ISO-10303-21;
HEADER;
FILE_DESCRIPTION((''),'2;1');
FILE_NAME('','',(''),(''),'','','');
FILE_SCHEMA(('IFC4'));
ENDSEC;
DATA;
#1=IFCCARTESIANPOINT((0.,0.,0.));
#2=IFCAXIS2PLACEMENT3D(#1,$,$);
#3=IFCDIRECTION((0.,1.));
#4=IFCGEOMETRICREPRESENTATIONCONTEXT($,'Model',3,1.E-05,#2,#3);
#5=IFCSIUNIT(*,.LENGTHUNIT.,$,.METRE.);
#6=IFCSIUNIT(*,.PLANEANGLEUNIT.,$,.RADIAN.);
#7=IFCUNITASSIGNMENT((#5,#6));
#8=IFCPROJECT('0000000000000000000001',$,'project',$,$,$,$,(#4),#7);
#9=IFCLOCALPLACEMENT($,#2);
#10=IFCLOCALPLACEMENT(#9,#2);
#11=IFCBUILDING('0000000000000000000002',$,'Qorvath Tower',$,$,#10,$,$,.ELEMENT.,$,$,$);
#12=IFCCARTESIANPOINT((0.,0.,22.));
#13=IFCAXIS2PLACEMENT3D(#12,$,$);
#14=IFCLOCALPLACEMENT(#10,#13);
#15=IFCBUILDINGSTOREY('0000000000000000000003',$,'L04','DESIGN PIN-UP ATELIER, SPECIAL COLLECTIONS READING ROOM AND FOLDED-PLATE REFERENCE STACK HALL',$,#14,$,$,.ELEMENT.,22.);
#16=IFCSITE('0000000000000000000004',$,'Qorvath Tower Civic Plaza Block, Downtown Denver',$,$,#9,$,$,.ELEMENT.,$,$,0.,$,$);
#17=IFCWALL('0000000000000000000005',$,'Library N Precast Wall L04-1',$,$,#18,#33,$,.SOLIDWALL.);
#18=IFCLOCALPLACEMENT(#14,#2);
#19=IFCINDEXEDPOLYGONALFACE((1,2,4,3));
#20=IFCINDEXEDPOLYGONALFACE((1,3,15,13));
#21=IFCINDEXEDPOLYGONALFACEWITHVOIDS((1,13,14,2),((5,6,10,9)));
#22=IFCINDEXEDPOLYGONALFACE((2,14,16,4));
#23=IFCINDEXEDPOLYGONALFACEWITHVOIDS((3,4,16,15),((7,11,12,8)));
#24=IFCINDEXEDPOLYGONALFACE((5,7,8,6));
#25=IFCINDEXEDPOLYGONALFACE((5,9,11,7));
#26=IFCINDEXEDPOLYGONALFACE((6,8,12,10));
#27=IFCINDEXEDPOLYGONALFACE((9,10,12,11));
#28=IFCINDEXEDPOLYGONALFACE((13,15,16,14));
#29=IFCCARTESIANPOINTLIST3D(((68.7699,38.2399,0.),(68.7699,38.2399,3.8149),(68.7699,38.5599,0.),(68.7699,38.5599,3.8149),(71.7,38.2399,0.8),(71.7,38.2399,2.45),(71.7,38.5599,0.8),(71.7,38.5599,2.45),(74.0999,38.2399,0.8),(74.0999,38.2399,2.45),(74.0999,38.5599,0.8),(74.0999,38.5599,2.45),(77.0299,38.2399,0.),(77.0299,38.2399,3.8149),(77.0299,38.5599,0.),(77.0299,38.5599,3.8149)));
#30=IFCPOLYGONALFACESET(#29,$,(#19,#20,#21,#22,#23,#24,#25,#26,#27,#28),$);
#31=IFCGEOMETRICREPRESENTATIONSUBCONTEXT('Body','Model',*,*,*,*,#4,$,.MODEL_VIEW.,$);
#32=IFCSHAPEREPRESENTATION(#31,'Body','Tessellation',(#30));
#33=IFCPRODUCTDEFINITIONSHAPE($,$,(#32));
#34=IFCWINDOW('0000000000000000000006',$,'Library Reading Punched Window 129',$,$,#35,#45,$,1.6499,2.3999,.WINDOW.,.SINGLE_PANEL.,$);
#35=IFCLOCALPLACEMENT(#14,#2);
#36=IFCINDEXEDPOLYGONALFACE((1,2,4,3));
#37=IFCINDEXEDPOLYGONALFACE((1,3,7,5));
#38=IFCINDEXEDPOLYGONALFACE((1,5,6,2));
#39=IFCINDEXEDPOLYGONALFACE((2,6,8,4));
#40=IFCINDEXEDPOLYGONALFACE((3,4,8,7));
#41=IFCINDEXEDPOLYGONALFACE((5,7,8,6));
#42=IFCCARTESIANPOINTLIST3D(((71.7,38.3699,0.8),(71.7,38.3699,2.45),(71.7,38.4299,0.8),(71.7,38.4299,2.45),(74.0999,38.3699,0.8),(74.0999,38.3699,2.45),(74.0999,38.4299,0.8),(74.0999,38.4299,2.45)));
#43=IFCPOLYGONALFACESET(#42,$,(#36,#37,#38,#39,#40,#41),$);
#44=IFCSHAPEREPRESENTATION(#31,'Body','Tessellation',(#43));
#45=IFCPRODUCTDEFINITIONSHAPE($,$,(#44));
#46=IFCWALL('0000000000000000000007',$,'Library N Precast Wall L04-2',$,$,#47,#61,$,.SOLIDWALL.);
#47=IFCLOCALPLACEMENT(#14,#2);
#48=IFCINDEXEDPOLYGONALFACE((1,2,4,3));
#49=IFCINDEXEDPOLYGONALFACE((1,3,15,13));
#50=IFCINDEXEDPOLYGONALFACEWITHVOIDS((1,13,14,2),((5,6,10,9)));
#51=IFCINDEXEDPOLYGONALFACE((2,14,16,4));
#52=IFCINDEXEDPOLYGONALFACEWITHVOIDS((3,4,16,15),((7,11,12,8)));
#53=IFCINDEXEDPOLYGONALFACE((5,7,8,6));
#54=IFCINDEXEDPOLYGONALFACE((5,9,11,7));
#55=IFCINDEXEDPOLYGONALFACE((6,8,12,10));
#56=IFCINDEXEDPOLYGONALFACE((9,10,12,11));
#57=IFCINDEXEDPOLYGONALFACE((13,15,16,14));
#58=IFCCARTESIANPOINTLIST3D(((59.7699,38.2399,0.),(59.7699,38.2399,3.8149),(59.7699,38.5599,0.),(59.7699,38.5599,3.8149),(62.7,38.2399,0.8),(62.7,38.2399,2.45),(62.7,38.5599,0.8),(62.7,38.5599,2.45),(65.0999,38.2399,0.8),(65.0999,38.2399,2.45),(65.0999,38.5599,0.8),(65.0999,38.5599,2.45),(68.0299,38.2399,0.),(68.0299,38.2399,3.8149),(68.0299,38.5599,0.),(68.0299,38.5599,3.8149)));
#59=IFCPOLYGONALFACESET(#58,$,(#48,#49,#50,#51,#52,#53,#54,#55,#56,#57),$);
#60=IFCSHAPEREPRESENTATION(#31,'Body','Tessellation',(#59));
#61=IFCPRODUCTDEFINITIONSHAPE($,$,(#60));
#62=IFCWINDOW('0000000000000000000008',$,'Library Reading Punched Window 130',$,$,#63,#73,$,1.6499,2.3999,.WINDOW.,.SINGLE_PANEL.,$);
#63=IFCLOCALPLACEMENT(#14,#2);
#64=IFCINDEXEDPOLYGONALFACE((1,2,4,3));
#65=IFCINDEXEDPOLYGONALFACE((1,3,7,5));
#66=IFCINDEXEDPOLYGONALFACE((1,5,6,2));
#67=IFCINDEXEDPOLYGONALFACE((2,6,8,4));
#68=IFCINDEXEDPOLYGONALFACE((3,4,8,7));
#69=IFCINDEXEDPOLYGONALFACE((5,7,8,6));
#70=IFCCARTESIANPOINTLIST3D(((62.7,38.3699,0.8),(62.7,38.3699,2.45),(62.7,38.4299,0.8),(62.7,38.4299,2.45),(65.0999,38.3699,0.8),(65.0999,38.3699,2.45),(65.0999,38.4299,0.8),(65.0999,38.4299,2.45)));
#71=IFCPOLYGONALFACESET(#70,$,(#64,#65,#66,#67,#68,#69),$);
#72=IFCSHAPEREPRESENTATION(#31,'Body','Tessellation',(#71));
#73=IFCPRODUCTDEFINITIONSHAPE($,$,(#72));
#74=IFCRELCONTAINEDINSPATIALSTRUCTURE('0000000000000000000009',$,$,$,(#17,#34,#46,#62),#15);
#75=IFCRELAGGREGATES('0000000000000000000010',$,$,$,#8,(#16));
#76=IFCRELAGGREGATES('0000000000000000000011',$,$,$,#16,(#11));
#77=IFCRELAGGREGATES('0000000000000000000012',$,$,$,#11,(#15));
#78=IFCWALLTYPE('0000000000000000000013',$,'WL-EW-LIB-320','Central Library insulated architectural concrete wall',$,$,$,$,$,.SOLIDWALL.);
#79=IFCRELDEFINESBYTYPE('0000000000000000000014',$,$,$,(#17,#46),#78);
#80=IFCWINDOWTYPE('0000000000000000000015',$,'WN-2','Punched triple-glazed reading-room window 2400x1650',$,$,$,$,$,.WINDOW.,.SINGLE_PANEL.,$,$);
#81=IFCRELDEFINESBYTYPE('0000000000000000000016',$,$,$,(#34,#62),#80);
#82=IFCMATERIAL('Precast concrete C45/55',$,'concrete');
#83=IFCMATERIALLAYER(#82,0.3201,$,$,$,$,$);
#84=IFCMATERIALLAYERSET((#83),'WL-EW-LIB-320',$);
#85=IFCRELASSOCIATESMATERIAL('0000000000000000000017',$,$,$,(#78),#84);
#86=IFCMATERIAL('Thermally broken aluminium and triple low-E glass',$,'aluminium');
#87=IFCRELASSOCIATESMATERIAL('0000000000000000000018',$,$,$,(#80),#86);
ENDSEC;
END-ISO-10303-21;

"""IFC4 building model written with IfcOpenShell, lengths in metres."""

from ifc_helpers import new_model, si_unit, direction, frame, frame_2d, origin, place, context, subcontext, project, spatial, rectangle, extrude, material, layer, layer_set, type_object, element, fill, save


model = new_model("IFC4")

# Units and contexts
model_context = context("Model", 3, precision=1e-05, world=origin(), true_north=direction((0.0, 1.0)))
body_context = subcontext(model_context, "Body", "Model", "MODEL_VIEW")
ifc_project = project(units=[si_unit("LENGTHUNIT", "METRE"), si_unit("PLANEANGLEUNIT", "RADIAN")], contexts=[model_context])

# Site, building, storey
site_placement = place(None, origin())
site = spatial("IfcSite", under=ifc_project, at=site_placement, Name="Qorvath Tower Civic Plaza Block, Downtown Denver", CompositionType="ELEMENT", RefElevation=0.0)
building_placement = place(site_placement, origin())
building = spatial("IfcBuilding", under=site, at=building_placement, Name="Qorvath Tower", CompositionType="ELEMENT")
storey_placement = place(building_placement, frame((0.0, 0.0, 22.0)))
storey = spatial("IfcBuildingStorey", under=building, at=storey_placement, Name="L04", Description="DESIGN PIN-UP ATELIER, SPECIAL COLLECTIONS READING ROOM AND FOLDED-PLATE REFERENCE STACK HALL", CompositionType="ELEMENT", Elevation=22.0)

# Walls, openings, windows
ifc_material_1 = material(Name="Precast concrete C45/55", Category="concrete")
ifc_layer = layer(ifc_material_1, 0.3201)
ifc_layer_set = layer_set([ifc_layer], Name="WL-EW-LIB-320")
wall_type = type_object("IfcWallType", Name="WL-EW-LIB-320", Description="Central Library insulated architectural concrete wall", PredefinedType="SOLIDWALL", material=ifc_layer_set)
ifc_material_2 = material(Name="Thermally broken aluminium and triple low-E glass", Category="aluminium")
window_type = type_object("IfcWindowType", Name="WN-2", Description="Punched triple-glazed reading-room window 2400x1650", PartitioningType="SINGLE_PANEL", PredefinedType="WINDOW", material=ifc_material_2)
wall_1_placement = place(storey_placement, frame((68.77, 38.3999, 0.0), z_axis=(0.0, 0.0, 1.0), x_axis=(1.0, 0.0, 0.0)))
wall_1 = element("IfcWall", 1, at=wall_1_placement, inside=storey, type_object=wall_type, Name="Library N Precast Wall L04-1", PredefinedType="SOLIDWALL", context=body_context, shape_type="SweptSolid", body=[
    extrude(rectangle(XDim=8.26, YDim=0.3201, at=frame_2d((4.1299, 0.0))), origin(), (0.0, 0.0, 1.0), 3.8149),
])
opening_1_placement = place(wall_1_placement, frame((2.9299, 0.0, 0.8)))
opening_1 = element("IfcOpeningElement", 2, at=opening_1_placement, cuts=wall_1, PredefinedType="OPENING", context=body_context, shape_type="SweptSolid", body=[
    extrude(rectangle(XDim=2.3999, YDim=1.6499, at=frame_2d((1.2, 0.825))), frame((0.0, 0.1699, 0.0), z_axis=(0.0, -1.0, 0.0), x_axis=(1.0, 0.0, 0.0)), (0.0, 0.0, 1.0), 0.3401),
])
window_1_placement = place(opening_1_placement, origin())
window_1 = element("IfcWindow", 3, at=window_1_placement, inside=storey, type_object=window_type, Name="Library Reading Punched Window 129", OverallHeight=1.6499, OverallWidth=2.3999, PartitioningType="SINGLE_PANEL", PredefinedType="WINDOW", context=body_context, shape_type="SweptSolid", body=[
    extrude(rectangle(XDim=2.3999, YDim=1.6499, at=frame_2d((1.2, 0.825))), frame((0.0, 0.03, 0.0), z_axis=(0.0, -1.0, 0.0), x_axis=(1.0, 0.0, 0.0)), (0.0, 0.0, 1.0), 0.0601),
])
fill(opening_1, window_1)
wall_2_placement = place(storey_placement, frame((59.77, 38.3999, 0.0), z_axis=(0.0, 0.0, 1.0), x_axis=(1.0, 0.0, 0.0)))
wall_2 = element("IfcWall", 4, at=wall_2_placement, inside=storey, type_object=wall_type, Name="Library N Precast Wall L04-2", PredefinedType="SOLIDWALL", context=body_context, shape_type="SweptSolid", body=[
    extrude(rectangle(XDim=8.26, YDim=0.3201, at=frame_2d((4.1299, 0.0))), origin(), (0.0, 0.0, 1.0), 3.8149),
])
opening_2_placement = place(wall_2_placement, frame((2.9299, 0.0, 0.8)))
opening_2 = element("IfcOpeningElement", 5, at=opening_2_placement, cuts=wall_2, PredefinedType="OPENING", context=body_context, shape_type="SweptSolid", body=[
    extrude(rectangle(XDim=2.3999, YDim=1.6499, at=frame_2d((1.2, 0.825))), frame((0.0, 0.1699, 0.0), z_axis=(0.0, -1.0, 0.0), x_axis=(1.0, 0.0, 0.0)), (0.0, 0.0, 1.0), 0.3401),
])
window_2_placement = place(opening_2_placement, origin())
window_2 = element("IfcWindow", 6, at=window_2_placement, inside=storey, type_object=window_type, Name="Library Reading Punched Window 130", OverallHeight=1.6499, OverallWidth=2.3999, PartitioningType="SINGLE_PANEL", PredefinedType="WINDOW", context=body_context, shape_type="SweptSolid", body=[
    extrude(rectangle(XDim=2.3999, YDim=1.6499, at=frame_2d((1.2, 0.825))), frame((0.0, 0.03, 0.0), z_axis=(0.0, -1.0, 0.0), x_axis=(1.0, 0.0, 0.0)), (0.0, 0.0, 1.0), 0.0601),
])
fill(opening_2, window_2)

save(model, "model.ifc")
